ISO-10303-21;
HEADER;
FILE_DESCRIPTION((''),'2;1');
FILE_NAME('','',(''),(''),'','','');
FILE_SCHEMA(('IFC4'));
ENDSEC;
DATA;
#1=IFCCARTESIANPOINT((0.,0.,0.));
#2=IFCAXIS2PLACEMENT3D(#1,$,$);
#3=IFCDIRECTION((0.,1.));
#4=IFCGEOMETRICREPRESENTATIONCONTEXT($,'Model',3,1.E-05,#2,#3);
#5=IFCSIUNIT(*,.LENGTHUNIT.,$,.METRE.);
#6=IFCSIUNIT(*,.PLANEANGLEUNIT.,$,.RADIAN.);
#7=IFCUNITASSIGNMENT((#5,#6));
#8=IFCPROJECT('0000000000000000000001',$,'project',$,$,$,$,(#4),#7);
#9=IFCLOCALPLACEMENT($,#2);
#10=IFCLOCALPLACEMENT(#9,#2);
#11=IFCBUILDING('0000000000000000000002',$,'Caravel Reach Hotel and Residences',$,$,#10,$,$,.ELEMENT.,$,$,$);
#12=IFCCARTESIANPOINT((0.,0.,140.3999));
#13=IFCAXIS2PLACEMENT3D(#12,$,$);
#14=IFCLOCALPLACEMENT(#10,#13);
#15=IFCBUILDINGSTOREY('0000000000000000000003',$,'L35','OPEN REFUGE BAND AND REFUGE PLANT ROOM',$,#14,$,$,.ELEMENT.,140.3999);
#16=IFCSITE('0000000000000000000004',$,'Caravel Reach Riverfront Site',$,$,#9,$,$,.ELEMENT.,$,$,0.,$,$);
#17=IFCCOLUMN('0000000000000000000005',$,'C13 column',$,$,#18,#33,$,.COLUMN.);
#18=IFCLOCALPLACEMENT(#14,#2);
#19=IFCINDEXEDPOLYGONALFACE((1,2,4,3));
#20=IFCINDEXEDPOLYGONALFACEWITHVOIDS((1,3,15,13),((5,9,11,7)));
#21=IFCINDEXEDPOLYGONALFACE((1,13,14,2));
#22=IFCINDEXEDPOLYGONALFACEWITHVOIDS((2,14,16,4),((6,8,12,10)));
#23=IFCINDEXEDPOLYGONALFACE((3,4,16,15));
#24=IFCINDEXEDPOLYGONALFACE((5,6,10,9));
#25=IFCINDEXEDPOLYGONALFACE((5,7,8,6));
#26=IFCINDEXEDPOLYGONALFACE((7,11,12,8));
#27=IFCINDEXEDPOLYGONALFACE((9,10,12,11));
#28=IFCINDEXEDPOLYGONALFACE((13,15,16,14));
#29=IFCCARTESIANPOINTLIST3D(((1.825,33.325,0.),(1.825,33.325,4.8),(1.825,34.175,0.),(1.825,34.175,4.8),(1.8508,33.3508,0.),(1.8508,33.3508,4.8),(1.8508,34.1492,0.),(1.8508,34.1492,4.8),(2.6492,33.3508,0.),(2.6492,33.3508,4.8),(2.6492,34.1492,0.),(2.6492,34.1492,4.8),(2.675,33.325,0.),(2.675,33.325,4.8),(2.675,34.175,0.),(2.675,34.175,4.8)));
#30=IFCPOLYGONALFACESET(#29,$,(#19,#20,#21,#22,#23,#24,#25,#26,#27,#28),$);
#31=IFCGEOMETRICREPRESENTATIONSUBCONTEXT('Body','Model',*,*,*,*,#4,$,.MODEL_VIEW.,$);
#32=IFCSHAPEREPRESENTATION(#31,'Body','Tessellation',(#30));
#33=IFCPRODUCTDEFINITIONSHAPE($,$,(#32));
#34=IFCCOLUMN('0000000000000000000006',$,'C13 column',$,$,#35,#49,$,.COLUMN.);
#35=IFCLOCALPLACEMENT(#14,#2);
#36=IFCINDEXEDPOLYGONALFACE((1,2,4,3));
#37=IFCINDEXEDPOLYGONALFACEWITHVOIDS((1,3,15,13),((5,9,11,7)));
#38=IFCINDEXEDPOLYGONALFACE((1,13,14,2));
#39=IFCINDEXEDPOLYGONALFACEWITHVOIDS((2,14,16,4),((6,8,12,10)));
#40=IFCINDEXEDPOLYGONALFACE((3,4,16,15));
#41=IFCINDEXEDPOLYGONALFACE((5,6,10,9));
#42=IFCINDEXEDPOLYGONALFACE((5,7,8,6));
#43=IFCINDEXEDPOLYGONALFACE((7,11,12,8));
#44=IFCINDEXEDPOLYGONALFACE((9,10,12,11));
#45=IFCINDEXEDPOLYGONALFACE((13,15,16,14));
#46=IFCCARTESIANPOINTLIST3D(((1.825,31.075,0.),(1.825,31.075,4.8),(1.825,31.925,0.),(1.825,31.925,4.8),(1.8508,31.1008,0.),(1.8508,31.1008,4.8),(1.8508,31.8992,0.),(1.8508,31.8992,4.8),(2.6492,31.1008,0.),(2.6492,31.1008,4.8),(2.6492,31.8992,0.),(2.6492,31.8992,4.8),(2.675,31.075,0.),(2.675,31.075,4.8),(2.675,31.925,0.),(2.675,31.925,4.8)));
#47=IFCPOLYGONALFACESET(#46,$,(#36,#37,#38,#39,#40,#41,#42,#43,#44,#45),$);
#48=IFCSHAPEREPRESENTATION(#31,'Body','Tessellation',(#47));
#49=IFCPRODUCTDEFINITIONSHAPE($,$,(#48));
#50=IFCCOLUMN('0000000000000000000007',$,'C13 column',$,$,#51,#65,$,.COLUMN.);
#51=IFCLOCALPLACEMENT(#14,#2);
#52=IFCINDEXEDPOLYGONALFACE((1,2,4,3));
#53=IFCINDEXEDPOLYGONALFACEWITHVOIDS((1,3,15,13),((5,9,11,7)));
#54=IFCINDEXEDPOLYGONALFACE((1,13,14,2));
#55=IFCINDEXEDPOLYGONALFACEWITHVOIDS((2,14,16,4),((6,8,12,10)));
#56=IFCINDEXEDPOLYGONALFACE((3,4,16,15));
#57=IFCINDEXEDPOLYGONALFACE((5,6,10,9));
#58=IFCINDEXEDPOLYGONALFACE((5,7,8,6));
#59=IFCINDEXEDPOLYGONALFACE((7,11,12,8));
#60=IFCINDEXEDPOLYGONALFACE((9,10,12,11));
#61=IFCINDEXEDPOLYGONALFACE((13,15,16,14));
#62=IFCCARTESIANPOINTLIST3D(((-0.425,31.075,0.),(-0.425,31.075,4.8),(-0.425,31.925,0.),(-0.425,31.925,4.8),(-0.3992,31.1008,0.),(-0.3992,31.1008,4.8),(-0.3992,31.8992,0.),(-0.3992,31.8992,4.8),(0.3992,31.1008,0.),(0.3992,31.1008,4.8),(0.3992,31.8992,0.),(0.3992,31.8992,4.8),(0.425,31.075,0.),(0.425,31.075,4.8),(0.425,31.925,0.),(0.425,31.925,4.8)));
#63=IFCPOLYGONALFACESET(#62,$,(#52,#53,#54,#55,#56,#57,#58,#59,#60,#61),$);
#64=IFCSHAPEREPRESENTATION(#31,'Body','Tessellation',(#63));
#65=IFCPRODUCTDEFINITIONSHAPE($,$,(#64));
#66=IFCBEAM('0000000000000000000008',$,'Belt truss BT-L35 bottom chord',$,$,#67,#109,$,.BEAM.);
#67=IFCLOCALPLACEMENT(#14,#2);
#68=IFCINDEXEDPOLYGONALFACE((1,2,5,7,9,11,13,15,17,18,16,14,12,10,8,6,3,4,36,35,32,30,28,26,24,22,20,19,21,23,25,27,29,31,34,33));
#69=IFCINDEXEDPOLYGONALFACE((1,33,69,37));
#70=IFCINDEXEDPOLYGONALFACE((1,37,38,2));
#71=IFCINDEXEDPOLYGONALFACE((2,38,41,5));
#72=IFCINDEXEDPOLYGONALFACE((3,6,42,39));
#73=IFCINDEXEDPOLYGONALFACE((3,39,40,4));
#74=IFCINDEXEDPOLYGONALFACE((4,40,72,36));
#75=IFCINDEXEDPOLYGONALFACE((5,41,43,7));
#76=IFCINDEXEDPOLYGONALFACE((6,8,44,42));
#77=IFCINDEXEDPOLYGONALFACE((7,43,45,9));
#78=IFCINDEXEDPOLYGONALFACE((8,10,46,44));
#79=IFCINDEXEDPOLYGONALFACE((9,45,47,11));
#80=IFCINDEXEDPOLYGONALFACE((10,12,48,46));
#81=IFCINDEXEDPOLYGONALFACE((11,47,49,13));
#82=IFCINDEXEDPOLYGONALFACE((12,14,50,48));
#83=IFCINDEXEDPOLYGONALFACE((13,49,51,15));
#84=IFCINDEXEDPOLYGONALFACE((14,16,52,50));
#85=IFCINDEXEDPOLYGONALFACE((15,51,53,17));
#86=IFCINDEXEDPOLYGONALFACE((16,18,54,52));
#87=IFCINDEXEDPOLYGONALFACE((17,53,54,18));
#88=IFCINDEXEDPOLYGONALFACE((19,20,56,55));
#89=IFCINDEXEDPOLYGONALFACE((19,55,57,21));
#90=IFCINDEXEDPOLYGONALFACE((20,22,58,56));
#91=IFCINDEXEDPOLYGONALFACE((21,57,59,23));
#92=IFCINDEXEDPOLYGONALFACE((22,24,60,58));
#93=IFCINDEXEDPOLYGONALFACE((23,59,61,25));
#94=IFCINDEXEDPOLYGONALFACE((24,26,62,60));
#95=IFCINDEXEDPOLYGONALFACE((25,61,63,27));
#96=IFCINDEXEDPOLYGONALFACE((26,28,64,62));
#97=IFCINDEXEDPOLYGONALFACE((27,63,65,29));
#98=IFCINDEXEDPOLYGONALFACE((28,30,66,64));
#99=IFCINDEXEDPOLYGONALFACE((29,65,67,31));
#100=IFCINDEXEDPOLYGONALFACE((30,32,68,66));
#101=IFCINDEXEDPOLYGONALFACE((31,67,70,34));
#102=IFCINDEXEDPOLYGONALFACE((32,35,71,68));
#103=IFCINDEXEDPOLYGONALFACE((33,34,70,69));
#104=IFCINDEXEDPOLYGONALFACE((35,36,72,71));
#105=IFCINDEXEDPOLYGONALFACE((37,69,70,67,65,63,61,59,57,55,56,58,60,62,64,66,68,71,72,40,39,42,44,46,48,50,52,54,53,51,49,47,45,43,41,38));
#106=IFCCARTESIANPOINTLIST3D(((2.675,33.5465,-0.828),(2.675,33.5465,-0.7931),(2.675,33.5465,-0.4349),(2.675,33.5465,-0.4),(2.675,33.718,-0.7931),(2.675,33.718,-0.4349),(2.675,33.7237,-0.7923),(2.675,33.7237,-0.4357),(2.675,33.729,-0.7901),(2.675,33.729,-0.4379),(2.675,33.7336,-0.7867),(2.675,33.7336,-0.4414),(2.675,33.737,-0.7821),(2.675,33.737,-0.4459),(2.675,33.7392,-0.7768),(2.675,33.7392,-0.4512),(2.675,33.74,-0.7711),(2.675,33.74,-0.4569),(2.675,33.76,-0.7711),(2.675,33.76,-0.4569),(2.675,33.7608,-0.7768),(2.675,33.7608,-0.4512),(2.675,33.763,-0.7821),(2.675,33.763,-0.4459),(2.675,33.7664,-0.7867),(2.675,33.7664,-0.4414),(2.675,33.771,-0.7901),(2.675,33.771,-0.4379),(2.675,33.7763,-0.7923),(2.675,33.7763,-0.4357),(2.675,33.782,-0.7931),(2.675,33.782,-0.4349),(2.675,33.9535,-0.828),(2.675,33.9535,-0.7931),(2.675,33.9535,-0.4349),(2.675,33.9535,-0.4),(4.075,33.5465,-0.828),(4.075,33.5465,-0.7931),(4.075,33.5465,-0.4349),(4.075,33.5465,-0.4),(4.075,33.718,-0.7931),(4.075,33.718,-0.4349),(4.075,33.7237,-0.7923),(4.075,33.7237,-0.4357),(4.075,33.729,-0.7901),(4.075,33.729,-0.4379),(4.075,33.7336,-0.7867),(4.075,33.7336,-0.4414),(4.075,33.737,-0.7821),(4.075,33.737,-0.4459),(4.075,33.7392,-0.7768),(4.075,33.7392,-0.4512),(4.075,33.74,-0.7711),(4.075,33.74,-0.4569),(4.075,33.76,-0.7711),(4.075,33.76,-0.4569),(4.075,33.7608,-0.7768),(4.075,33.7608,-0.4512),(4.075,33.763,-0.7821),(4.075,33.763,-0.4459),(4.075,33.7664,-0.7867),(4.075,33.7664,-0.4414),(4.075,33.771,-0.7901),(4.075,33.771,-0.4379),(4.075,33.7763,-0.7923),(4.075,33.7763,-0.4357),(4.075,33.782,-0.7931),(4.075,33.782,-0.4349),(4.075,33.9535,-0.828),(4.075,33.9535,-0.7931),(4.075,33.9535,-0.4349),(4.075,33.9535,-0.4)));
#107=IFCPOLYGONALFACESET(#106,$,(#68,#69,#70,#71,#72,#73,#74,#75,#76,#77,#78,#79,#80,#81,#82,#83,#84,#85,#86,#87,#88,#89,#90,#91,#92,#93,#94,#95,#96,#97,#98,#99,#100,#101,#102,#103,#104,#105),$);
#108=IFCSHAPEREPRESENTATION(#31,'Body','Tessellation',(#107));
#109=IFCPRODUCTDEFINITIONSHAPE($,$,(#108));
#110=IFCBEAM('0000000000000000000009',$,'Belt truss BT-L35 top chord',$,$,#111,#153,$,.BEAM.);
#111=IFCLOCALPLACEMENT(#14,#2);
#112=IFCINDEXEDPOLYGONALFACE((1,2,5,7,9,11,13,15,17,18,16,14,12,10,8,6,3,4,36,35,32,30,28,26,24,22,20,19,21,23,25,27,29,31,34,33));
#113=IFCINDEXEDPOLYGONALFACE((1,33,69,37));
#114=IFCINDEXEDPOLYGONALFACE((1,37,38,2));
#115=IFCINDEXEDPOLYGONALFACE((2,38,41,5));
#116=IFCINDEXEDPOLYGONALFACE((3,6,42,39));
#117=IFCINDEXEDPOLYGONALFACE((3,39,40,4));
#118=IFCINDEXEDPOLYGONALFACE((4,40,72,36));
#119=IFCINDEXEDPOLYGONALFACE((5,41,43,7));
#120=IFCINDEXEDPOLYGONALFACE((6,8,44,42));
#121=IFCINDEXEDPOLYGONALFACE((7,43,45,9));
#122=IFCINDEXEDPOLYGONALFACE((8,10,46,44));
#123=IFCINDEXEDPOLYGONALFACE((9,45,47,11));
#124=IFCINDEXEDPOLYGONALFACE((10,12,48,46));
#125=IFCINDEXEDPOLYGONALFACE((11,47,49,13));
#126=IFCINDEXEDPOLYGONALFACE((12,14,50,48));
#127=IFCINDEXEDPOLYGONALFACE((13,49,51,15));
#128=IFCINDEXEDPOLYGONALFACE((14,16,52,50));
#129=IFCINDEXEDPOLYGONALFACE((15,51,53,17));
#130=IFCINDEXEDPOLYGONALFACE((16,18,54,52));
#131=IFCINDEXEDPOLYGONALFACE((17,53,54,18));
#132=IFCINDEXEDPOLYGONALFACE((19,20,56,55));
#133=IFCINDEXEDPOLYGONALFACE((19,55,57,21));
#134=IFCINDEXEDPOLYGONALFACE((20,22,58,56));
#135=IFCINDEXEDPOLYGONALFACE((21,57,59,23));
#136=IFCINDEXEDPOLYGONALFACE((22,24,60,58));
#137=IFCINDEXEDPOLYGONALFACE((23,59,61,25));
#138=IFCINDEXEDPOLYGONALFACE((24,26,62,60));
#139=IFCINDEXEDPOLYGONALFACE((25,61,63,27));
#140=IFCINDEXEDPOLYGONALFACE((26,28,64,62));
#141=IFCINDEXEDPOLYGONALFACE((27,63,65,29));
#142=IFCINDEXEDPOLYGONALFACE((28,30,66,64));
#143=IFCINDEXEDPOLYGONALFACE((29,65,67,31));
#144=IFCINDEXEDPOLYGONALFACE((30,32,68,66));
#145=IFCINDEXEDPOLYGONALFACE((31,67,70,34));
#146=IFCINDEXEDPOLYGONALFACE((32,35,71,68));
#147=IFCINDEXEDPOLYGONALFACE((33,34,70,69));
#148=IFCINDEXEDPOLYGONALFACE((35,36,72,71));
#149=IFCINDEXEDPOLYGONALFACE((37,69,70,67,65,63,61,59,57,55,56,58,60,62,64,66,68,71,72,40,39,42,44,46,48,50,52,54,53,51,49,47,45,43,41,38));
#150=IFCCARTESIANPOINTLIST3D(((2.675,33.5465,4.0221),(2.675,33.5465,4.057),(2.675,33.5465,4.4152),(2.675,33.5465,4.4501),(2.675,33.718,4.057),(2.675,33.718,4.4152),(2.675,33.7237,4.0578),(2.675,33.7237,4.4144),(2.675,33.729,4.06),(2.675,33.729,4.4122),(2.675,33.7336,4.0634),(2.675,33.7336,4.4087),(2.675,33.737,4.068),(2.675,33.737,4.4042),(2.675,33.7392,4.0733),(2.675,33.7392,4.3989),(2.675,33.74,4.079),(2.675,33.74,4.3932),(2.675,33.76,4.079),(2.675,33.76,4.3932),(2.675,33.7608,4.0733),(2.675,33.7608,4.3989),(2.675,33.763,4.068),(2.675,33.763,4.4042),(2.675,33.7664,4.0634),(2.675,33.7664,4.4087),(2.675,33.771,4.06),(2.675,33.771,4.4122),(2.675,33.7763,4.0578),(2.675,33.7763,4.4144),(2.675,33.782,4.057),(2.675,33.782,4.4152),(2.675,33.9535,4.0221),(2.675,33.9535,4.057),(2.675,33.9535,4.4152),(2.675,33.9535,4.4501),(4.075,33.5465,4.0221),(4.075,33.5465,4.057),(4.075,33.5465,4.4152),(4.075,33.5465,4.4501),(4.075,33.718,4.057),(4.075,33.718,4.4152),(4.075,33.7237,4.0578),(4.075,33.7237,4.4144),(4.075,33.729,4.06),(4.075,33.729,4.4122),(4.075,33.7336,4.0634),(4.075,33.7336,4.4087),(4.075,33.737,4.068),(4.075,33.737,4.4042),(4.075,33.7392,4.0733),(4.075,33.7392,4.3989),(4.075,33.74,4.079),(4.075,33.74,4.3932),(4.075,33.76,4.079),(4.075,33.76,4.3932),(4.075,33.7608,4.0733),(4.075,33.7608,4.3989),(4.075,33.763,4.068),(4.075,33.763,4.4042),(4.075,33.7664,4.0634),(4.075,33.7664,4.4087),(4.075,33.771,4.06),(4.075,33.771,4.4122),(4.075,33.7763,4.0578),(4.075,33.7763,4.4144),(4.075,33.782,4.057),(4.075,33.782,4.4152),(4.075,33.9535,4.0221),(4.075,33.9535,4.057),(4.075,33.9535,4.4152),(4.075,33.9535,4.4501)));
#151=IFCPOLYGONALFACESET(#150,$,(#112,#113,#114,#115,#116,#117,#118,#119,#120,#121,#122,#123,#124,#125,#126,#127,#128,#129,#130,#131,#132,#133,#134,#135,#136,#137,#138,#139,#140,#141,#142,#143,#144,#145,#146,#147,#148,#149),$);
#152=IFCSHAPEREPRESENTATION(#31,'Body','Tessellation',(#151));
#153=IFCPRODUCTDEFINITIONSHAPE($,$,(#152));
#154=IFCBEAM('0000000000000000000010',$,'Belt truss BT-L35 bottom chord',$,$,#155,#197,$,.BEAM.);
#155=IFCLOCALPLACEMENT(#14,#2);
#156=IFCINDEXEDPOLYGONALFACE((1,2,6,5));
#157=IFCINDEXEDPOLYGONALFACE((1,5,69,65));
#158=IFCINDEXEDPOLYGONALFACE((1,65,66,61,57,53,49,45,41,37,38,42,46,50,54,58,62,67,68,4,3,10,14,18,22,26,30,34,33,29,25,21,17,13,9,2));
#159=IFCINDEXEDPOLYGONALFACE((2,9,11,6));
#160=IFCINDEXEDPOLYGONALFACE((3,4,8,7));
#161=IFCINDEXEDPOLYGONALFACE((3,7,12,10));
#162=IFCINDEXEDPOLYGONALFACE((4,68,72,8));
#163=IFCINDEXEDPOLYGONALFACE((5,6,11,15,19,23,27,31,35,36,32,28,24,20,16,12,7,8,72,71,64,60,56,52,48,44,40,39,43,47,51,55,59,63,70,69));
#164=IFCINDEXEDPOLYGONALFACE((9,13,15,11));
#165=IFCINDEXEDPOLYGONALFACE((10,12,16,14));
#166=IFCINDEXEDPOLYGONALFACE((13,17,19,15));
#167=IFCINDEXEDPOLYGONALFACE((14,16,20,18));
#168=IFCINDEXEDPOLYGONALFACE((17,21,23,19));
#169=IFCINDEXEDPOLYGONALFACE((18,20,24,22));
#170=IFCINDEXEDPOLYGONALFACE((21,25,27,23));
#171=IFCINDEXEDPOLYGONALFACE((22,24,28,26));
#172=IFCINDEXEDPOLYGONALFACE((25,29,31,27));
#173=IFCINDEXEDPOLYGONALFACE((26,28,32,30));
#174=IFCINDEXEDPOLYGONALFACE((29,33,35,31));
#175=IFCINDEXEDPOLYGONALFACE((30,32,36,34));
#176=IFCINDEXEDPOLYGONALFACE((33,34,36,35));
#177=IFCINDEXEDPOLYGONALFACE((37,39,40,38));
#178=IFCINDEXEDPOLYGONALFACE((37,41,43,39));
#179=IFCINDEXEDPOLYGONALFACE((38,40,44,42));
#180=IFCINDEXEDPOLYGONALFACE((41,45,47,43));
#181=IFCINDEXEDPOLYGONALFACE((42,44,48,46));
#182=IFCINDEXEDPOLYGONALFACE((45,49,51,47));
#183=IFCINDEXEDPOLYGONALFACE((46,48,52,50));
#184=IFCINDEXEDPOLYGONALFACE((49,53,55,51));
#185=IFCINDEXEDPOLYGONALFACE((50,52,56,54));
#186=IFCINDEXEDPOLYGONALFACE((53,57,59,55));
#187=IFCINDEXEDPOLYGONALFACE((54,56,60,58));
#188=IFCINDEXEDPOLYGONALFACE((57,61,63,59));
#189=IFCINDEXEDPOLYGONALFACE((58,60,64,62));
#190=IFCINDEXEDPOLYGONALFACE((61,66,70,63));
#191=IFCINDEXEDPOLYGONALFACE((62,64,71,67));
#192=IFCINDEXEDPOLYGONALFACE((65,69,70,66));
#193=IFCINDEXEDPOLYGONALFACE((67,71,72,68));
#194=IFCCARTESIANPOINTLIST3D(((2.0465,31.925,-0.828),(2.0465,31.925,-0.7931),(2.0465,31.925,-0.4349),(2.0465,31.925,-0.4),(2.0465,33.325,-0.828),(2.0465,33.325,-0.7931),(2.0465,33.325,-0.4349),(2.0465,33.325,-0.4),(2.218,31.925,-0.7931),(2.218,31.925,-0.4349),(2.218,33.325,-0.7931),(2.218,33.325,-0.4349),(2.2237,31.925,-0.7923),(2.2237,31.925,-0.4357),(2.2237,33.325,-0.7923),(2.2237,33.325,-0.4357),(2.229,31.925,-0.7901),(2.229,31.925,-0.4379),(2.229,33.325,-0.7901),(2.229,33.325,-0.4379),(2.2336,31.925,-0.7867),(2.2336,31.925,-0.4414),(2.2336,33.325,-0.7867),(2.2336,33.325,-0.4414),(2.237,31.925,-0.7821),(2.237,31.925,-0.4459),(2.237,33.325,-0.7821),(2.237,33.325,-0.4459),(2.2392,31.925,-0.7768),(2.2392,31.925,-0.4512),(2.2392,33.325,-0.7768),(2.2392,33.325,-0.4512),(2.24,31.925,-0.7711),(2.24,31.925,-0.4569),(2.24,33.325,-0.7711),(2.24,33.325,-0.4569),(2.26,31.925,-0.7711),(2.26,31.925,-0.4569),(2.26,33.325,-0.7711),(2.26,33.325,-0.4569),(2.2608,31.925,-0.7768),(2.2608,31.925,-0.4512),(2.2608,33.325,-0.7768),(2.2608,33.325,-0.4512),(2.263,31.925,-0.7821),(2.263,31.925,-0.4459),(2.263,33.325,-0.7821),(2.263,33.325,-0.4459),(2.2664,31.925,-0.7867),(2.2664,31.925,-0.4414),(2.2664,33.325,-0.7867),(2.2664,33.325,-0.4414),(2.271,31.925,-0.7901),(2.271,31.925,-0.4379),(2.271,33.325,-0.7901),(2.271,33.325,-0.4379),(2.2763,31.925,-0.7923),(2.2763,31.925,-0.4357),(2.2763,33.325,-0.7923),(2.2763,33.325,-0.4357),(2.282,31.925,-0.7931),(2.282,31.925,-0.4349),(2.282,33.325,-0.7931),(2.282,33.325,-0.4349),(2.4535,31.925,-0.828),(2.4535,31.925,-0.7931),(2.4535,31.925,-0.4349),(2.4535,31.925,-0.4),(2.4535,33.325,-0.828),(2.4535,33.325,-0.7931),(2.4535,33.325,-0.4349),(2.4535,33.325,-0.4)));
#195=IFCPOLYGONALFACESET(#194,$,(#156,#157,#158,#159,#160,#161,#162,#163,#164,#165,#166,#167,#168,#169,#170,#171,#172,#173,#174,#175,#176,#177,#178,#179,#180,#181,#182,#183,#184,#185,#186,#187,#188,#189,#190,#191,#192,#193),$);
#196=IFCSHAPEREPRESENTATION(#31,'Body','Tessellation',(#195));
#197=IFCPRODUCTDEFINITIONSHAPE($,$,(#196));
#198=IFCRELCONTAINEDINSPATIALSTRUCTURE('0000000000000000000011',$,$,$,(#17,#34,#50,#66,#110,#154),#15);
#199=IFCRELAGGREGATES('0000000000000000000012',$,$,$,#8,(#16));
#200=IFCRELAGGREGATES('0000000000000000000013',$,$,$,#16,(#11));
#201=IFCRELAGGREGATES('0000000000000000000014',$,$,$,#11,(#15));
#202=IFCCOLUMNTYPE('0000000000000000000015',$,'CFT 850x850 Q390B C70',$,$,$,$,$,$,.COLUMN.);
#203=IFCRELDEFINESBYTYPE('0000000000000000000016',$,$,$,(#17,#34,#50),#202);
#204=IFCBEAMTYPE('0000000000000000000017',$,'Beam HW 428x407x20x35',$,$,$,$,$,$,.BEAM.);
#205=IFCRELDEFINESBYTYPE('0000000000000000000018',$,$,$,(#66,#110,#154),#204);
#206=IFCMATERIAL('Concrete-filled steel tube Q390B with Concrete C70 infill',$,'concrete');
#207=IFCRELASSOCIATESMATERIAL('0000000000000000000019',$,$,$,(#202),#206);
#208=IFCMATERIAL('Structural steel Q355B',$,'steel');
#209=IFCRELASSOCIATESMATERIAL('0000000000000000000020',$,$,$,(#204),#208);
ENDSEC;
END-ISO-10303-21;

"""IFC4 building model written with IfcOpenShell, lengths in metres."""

from ifc_helpers import new_model, si_unit, direction, frame, origin, origin_2d, place, context, subcontext, project, spatial, hollow_rectangle, i_section, extrude, material, material_profile, profile_set, type_object, element, save


model = new_model("IFC4")

# Units and contexts
model_context = context("Model", 3, precision=1e-05, world=origin(), true_north=direction((0.0, 1.0)))
body_context = subcontext(model_context, "Body", "Model", "MODEL_VIEW")
ifc_project = project(units=[si_unit("LENGTHUNIT", "METRE"), si_unit("PLANEANGLEUNIT", "RADIAN")], contexts=[model_context])

# Site, building, storey
site_placement = place(None, origin())
site = spatial("IfcSite", under=ifc_project, at=site_placement, Name="Caravel Reach Riverfront Site", CompositionType="ELEMENT", RefElevation=0.0)
building_placement = place(site_placement, origin())
building = spatial("IfcBuilding", under=site, at=building_placement, Name="Caravel Reach Hotel and Residences", CompositionType="ELEMENT")
storey_placement = place(building_placement, frame((0.0, 0.0, 140.3999)))
storey = spatial("IfcBuildingStorey", under=building, at=storey_placement, Name="L35", Description="OPEN REFUGE BAND AND REFUGE PLANT ROOM", CompositionType="ELEMENT", Elevation=140.3999)

# Columns
ifc_material_1 = material(Name="Concrete-filled steel tube Q390B with Concrete C70 infill", Category="concrete")
ifc_material_profile_1 = material_profile(ifc_material_1, hollow_rectangle(XDim=0.8501, YDim=0.8501, WallThickness=0.0259, at=origin_2d()), Name="RHS 850x850x26")
ifc_profile_set_1 = profile_set([ifc_material_profile_1], Name="Concrete-filled steel tube Q390B with Concrete C70 infill")
column_type = type_object("IfcColumnType", Name="CFT 850x850 Q390B C70", PredefinedType="COLUMN", material=ifc_profile_set_1)
for number, where, z_axis, x_axis, name in (
    (1, (2.25, 33.75, 0.0), (0.0, 0.0, 1.0), (1.0, 0.0, 0.0), "C13 column"),
    (2, (2.25, 31.5, 0.0), (0.0, 0.0, 1.0), (1.0, 0.0, 0.0), "C13 column"),
    (3, (0.0, 31.5, 0.0), (0.0, 0.0, 1.0), (1.0, 0.0, 0.0), "C13 column"),
):
    element("IfcColumn", number, at=place(storey_placement, frame(where, z_axis=z_axis, x_axis=x_axis)), inside=storey, type_object=column_type, Name=name, PredefinedType="COLUMN", context=body_context, shape_type="SweptSolid", body=[
        extrude(hollow_rectangle(XDim=0.8501, YDim=0.8501, WallThickness=0.0259, at=origin_2d()), origin(), (0.0, 0.0, 1.0), 4.8),
    ])

# Beams
ifc_material_2 = material(Name="Structural steel Q355B", Category="steel")
ifc_material_profile_2 = material_profile(ifc_material_2, i_section(OverallWidth=0.407, OverallDepth=0.428, WebThickness=0.02, FlangeThickness=0.0349, FilletRadius=0.022, at=origin_2d()), Name="HW 428x407x20x35")
ifc_profile_set_2 = profile_set([ifc_material_profile_2], Name="Structural steel Q355B")
beam_type = type_object("IfcBeamType", Name="Beam HW 428x407x20x35", PredefinedType="BEAM", material=ifc_profile_set_2)
for number, where, z_axis, x_axis, name in (
    (4, (4.075, 33.75, -0.614), (-1.0, 0.0, 0.0), (0.0, -1.0, 0.0), "Belt truss BT-L35 bottom chord"),
    (5, (4.075, 33.75, 4.2361), (-1.0, 0.0, 0.0), (0.0, -1.0, 0.0), "Belt truss BT-L35 top chord"),
    (6, (2.25, 33.325, -0.614), (0.0, -1.0, 0.0), (1.0, 0.0, 0.0), "Belt truss BT-L35 bottom chord"),
):
    element("IfcBeam", number, at=place(storey_placement, frame(where, z_axis=z_axis, x_axis=x_axis)), inside=storey, type_object=beam_type, Name=name, PredefinedType="BEAM", context=body_context, shape_type="SweptSolid", body=[
        extrude(i_section(OverallWidth=0.407, OverallDepth=0.428, WebThickness=0.02, FlangeThickness=0.0349, FilletRadius=0.022, at=origin_2d()), origin(), (0.0, 0.0, 1.0), 1.3999),
    ])

save(model, "model.ifc")
